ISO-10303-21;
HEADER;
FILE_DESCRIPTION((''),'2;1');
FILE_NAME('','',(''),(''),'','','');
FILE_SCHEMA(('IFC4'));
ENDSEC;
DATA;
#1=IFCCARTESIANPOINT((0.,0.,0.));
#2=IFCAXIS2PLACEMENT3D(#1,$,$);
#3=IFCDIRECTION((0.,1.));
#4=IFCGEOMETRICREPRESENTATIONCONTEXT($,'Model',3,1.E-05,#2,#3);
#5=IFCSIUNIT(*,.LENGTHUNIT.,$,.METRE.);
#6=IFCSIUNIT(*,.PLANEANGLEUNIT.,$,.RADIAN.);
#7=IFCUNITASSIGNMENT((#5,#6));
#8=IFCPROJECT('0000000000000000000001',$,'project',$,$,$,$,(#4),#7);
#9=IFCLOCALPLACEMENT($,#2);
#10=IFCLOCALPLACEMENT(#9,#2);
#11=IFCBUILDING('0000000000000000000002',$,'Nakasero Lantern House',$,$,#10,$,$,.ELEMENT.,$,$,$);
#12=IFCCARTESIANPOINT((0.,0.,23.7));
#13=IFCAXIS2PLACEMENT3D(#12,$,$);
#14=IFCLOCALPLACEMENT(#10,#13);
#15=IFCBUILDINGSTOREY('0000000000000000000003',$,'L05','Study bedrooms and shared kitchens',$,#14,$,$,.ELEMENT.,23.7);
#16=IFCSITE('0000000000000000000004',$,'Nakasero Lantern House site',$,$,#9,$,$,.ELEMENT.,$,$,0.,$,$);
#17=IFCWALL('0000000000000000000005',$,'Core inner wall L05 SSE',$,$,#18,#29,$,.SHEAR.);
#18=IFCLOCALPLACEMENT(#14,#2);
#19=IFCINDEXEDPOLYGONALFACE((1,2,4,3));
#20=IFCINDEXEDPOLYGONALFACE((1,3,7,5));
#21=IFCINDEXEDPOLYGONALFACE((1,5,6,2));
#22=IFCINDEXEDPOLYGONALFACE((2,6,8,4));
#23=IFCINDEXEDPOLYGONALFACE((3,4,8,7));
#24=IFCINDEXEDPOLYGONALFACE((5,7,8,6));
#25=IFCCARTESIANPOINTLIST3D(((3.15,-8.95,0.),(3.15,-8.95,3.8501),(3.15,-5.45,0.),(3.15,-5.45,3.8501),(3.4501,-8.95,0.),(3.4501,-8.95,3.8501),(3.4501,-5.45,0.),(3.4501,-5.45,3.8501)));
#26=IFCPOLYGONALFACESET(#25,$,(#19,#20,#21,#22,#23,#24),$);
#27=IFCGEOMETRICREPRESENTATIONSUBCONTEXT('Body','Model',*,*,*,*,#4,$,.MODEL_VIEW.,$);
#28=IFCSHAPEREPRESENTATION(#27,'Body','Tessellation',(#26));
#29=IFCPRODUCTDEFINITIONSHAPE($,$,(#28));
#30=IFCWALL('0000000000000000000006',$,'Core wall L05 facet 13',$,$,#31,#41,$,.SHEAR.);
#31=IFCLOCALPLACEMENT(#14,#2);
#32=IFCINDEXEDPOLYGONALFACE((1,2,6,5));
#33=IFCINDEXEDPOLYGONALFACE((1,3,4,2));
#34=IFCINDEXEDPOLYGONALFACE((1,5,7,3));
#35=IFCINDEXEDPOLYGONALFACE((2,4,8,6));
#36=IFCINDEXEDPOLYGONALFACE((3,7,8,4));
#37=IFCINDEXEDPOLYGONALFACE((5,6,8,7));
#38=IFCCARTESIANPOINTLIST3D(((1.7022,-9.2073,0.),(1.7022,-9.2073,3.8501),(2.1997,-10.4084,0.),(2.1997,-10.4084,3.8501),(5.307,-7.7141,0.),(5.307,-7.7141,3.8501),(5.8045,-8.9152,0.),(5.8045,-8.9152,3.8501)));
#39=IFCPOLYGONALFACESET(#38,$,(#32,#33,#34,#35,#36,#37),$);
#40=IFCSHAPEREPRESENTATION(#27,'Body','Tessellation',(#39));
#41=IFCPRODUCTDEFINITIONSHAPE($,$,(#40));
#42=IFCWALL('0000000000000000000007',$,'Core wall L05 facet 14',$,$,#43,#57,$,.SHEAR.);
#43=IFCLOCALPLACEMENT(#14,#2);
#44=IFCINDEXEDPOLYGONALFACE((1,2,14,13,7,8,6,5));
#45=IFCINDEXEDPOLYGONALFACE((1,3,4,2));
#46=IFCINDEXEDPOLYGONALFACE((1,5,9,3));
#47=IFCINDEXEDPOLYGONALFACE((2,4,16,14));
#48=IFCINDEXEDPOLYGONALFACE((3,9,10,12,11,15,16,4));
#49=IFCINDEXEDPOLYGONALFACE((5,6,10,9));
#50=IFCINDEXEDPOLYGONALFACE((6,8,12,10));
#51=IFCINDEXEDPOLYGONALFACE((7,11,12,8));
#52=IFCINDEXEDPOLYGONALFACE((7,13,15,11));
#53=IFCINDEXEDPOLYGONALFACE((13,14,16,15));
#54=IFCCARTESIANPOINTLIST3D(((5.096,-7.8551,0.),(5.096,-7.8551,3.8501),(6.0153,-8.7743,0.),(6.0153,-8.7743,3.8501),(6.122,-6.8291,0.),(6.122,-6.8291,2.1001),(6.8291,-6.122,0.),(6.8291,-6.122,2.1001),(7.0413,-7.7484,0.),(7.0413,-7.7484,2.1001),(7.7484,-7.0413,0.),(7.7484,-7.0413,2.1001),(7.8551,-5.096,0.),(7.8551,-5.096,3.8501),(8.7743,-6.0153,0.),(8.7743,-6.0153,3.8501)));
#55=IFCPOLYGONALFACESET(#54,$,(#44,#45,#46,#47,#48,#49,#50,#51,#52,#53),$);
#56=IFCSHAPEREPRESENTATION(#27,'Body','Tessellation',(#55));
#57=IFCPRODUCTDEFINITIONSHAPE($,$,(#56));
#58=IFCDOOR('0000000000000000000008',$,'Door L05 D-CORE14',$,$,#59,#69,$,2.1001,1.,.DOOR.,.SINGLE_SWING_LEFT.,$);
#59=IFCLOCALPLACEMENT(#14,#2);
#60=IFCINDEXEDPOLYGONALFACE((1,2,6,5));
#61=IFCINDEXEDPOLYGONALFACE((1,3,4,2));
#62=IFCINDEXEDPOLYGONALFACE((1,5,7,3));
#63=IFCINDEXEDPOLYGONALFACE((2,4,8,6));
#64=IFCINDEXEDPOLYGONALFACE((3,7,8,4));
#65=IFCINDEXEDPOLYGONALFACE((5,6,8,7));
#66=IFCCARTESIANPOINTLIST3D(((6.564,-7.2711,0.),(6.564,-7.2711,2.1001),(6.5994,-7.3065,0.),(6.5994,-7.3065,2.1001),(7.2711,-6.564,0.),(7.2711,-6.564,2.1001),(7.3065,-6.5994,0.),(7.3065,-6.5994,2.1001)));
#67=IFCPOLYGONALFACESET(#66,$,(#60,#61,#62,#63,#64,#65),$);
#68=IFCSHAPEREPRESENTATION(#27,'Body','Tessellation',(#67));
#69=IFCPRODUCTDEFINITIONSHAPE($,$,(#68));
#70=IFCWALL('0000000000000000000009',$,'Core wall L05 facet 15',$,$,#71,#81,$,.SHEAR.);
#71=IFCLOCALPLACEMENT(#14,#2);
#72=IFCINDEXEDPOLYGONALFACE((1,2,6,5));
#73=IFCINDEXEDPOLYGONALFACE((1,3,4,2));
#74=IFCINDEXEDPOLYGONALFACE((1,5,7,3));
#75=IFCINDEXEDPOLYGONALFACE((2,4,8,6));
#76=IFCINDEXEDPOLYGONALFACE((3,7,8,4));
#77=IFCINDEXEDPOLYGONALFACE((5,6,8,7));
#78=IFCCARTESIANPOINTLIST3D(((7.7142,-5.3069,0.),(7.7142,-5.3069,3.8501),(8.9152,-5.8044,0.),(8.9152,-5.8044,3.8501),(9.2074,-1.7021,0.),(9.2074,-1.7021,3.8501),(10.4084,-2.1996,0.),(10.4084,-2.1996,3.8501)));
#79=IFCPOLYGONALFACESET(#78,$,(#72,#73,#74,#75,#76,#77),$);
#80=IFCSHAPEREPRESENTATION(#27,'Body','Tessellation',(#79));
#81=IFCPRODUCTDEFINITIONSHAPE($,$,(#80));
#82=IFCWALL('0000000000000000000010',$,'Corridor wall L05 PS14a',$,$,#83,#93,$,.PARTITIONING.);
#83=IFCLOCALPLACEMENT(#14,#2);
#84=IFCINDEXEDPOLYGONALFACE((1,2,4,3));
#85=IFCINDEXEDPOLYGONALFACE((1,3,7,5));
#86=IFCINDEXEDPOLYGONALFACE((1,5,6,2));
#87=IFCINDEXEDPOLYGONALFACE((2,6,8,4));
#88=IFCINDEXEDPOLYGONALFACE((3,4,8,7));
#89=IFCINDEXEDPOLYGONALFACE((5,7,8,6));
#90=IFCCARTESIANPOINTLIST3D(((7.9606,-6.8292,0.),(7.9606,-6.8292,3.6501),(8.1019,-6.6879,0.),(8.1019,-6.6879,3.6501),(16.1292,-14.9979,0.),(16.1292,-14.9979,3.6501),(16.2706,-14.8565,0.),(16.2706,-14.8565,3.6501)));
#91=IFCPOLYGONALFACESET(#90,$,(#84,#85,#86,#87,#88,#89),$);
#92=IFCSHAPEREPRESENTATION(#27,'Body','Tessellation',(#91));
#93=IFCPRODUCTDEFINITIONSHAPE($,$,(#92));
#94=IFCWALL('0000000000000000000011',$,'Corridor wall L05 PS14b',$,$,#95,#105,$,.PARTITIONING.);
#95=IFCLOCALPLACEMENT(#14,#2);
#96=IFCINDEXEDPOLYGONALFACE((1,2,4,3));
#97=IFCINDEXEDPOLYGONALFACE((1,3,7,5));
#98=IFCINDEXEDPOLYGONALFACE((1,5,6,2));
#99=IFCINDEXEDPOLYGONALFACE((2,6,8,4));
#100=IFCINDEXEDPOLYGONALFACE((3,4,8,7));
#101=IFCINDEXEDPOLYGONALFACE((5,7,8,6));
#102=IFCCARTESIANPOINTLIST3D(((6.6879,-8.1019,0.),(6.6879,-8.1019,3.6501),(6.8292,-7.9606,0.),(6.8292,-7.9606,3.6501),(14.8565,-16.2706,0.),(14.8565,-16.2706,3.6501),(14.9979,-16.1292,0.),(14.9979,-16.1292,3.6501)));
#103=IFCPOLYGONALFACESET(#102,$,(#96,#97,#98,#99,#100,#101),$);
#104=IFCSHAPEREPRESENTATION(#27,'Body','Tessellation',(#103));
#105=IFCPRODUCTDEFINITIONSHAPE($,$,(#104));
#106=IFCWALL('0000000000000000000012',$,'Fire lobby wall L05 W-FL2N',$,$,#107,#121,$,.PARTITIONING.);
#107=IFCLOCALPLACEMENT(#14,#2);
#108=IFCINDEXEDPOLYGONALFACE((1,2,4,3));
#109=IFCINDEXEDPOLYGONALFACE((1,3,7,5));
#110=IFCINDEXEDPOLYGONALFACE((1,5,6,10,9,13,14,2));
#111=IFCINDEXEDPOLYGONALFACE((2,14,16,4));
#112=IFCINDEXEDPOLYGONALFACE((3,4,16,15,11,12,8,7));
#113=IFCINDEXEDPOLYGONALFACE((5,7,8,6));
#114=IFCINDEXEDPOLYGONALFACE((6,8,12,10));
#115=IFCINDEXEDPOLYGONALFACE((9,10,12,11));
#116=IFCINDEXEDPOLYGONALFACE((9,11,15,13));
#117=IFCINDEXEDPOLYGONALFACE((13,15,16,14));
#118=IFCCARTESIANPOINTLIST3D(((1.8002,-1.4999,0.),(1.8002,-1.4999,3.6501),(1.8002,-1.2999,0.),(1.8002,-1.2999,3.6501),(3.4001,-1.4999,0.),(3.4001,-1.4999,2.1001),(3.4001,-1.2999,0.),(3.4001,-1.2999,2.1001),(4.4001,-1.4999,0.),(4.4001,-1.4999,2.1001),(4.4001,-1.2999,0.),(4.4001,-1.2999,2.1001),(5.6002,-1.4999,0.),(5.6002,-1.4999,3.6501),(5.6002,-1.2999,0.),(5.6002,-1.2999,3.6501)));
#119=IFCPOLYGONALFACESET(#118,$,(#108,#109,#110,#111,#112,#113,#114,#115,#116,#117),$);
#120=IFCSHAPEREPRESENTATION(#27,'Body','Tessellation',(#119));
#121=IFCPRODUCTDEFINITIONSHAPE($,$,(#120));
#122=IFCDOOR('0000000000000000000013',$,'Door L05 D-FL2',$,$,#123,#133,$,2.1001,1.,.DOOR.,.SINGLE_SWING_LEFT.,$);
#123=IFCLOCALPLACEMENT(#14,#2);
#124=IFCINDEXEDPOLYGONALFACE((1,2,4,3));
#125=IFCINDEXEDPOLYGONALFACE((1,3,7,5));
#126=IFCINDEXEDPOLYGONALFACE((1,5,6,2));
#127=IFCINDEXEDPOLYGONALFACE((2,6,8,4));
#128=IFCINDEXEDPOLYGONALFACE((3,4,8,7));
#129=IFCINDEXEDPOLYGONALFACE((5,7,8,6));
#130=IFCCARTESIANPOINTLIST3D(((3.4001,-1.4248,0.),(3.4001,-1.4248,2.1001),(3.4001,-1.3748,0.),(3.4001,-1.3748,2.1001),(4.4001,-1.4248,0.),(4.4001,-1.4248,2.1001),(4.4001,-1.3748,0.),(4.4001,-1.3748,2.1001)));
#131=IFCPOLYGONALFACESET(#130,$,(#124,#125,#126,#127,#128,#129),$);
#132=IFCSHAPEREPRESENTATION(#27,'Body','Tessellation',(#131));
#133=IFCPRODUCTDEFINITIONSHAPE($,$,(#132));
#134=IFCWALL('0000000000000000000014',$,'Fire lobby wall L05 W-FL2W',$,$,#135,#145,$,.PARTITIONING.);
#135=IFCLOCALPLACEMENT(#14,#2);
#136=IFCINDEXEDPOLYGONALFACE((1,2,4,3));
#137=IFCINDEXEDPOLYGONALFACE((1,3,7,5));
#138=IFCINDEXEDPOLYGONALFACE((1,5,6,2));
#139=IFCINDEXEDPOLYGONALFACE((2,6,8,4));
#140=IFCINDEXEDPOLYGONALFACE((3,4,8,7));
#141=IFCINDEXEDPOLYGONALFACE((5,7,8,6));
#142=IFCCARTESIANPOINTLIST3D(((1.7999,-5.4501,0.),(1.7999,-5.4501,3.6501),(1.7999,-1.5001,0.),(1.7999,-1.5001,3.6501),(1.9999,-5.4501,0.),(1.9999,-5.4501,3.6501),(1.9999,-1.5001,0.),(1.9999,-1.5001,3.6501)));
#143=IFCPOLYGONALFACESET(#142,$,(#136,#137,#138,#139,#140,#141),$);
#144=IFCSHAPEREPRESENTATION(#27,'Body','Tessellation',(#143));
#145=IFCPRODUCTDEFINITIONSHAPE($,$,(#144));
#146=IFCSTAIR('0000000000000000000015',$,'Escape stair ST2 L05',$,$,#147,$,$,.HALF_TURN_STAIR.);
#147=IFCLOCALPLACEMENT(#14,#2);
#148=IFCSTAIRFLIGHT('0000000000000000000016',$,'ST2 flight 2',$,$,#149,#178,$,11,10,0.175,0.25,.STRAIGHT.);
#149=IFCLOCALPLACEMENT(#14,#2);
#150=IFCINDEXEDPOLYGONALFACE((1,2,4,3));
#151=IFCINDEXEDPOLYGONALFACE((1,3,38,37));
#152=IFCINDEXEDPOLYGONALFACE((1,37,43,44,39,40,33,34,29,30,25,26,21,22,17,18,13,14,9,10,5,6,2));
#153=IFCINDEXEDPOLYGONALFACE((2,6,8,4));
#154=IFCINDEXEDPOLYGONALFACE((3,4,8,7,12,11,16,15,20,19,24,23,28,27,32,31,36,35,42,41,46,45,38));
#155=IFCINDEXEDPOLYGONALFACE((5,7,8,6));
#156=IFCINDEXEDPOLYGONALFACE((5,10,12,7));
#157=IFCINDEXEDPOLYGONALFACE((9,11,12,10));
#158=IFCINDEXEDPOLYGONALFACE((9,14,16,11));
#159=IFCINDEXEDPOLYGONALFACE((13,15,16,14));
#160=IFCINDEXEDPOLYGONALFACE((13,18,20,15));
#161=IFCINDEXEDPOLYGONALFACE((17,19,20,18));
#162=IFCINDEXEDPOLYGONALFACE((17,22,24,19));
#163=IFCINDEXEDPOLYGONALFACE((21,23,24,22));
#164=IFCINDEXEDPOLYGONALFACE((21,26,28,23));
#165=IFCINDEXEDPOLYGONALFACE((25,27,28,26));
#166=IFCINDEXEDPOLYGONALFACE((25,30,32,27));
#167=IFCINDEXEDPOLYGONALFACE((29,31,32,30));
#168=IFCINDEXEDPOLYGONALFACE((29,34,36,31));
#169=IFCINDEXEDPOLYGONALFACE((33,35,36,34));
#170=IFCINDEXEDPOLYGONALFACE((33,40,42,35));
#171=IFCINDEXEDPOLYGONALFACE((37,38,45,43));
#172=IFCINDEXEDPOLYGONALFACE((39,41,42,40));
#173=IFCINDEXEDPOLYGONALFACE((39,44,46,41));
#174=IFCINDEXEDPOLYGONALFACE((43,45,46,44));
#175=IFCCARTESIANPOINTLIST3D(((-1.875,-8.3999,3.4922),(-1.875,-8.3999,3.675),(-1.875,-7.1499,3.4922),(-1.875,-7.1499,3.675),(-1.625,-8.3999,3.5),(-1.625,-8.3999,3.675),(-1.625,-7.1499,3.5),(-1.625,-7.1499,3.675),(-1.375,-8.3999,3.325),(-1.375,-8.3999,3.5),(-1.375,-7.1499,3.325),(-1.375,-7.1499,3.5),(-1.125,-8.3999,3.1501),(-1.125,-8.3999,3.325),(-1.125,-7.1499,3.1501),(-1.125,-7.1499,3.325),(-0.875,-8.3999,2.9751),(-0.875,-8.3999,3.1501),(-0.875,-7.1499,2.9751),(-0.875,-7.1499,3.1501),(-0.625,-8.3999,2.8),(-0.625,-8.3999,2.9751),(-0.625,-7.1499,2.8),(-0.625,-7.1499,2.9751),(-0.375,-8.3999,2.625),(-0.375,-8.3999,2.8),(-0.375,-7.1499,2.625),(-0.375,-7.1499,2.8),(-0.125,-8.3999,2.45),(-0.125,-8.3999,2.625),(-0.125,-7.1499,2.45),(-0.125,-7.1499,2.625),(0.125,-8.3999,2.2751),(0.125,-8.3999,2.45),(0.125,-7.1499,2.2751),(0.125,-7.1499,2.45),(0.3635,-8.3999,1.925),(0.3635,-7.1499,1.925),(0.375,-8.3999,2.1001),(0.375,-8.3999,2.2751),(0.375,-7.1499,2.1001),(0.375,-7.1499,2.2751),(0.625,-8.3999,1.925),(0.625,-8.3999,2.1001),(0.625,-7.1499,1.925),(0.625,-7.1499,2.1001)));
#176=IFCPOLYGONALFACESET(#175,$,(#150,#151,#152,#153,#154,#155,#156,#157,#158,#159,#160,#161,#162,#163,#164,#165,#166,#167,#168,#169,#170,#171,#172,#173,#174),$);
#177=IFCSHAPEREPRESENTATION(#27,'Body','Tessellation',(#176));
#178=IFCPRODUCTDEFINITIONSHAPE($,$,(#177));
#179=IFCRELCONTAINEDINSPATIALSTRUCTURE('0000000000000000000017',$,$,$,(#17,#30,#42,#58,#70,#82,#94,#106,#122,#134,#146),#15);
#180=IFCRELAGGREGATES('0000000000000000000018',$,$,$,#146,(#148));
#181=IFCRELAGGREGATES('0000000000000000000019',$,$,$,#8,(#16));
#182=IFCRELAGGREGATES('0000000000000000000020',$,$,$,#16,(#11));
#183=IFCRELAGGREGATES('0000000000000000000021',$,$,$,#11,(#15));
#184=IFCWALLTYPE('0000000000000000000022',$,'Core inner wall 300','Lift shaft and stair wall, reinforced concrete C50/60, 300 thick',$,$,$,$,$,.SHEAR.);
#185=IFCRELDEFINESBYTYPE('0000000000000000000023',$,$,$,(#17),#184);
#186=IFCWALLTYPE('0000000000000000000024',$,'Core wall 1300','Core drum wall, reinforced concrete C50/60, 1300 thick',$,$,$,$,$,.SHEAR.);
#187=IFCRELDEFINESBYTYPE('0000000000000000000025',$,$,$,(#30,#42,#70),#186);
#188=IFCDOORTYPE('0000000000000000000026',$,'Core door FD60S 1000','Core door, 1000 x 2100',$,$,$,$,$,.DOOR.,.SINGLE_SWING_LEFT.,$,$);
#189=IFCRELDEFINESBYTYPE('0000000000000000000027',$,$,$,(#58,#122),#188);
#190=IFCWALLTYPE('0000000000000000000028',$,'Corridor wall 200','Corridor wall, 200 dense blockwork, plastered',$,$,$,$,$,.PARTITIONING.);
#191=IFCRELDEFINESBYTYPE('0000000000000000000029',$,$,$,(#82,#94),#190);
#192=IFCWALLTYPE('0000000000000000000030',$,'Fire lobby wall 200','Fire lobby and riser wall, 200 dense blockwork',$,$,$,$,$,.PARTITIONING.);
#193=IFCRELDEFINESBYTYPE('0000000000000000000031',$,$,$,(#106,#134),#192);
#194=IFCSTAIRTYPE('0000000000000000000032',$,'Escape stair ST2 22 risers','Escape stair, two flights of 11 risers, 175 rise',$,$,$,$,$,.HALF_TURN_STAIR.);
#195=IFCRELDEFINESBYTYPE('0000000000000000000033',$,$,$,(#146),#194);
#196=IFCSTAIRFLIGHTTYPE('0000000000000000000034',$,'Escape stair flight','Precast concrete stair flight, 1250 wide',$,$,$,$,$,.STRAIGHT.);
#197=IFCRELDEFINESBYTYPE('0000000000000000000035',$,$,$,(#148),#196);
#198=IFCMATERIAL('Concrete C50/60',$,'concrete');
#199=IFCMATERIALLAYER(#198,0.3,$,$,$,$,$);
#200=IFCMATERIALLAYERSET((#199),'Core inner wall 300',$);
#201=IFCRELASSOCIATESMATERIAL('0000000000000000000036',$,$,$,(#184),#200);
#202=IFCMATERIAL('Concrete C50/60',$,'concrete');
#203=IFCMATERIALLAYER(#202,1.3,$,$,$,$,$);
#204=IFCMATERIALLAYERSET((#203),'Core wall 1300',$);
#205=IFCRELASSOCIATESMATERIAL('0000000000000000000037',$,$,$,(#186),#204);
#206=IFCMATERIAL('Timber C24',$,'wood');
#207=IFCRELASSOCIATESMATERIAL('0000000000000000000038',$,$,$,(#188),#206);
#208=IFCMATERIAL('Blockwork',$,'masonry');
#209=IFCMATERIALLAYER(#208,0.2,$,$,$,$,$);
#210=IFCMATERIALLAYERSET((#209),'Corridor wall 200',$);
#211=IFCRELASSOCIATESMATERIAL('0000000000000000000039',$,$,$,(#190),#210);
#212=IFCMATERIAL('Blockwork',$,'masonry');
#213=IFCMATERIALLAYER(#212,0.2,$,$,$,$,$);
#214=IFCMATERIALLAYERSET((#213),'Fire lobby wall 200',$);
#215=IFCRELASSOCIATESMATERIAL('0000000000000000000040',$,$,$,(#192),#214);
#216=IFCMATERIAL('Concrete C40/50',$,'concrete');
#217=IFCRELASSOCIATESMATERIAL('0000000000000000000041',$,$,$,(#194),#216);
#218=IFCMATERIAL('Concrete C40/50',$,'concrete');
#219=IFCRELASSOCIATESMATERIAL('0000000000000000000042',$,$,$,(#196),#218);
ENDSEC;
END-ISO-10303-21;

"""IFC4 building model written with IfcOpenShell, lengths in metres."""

from ifc_helpers import new_model, si_unit, direction, frame, frame_2d, origin, place, context, subcontext, project, spatial, polyline, rectangle, outline, extrude, material, layer, layer_set, type_object, element, fill, aggregate, save


model = new_model("IFC4")

# Units and contexts
model_context = context("Model", 3, precision=1e-05, world=origin(), true_north=direction((0.0, 1.0)))
body_context = subcontext(model_context, "Body", "Model", "MODEL_VIEW")
ifc_project = project(units=[si_unit("LENGTHUNIT", "METRE"), si_unit("PLANEANGLEUNIT", "RADIAN")], contexts=[model_context])

# Site, building, storey
site_placement = place(None, origin())
site = spatial("IfcSite", under=ifc_project, at=site_placement, Name="Nakasero Lantern House site", CompositionType="ELEMENT", RefElevation=0.0)
building_placement = place(site_placement, origin())
building = spatial("IfcBuilding", under=site, at=building_placement, Name="Nakasero Lantern House", CompositionType="ELEMENT")
storey_placement = place(building_placement, frame((0.0, 0.0, 23.7)))
storey = spatial("IfcBuildingStorey", under=building, at=storey_placement, Name="L05", Description="Study bedrooms and shared kitchens", CompositionType="ELEMENT", Elevation=23.7)

# Shared definitions
ifc_material_1 = material(Name="Concrete C50/60", Category="concrete")
ifc_layer_1 = layer(ifc_material_1, 0.3)
ifc_layer_set_1 = layer_set([ifc_layer_1], Name="Core inner wall 300")
wall_type_1 = type_object("IfcWallType", Name="Core inner wall 300", Description="Lift shaft and stair wall, reinforced concrete C50/60, 300 thick", PredefinedType="SHEAR", material=ifc_layer_set_1)

# Walls
wall_1_placement = place(storey_placement, frame((3.3, -5.45, 0.0), z_axis=(0.0, 0.0, 1.0), x_axis=(0.0, -1.0, 0.0)))
element("IfcWall", 1, at=wall_1_placement, inside=storey, type_object=wall_type_1, Name="Core inner wall L05 SSE", PredefinedType="SHEAR", context=body_context, shape_type="SweptSolid", body=[
    extrude(rectangle(XDim=3.5, YDim=0.3, at=frame_2d((1.75, 0.0))), origin(), (0.0, 0.0, 1.0), 3.8501),
])
ifc_material_2 = material(Name="Concrete C50/60", Category="concrete")
ifc_layer_2 = layer(ifc_material_2, 1.3)
ifc_layer_set_2 = layer_set([ifc_layer_2], Name="Core wall 1300")
wall_type_2 = type_object("IfcWallType", Name="Core wall 1300", Description="Core drum wall, reinforced concrete C50/60, 1300 thick", PredefinedType="SHEAR", material=ifc_layer_set_2)
wall_2_placement = place(storey_placement, frame((1.9509, -9.8079, 0.0), z_axis=(0.0, 0.0, 1.0), x_axis=(0.923877, 0.382691, 0.0)))
element("IfcWall", 2, at=wall_2_placement, inside=storey, type_object=wall_type_2, Name="Core wall L05 facet 13", PredefinedType="SHEAR", context=body_context, shape_type="SweptSolid", body=[
    extrude(rectangle(XDim=3.9019, YDim=1.3, at=frame_2d((1.9509, 0.0))), origin(), (0.0, 0.0, 1.0), 3.8501),
])

# Wall, opening, door
wall_3_placement = place(storey_placement, frame((5.5557, -8.3147, 0.0), z_axis=(0.0, 0.0, 1.0), x_axis=(0.707107, 0.707107, 0.0)))
wall_3 = element("IfcWall", 3, at=wall_3_placement, inside=storey, type_object=wall_type_2, Name="Core wall L05 facet 14", PredefinedType="SHEAR", context=body_context, shape_type="SweptSolid", body=[
    extrude(rectangle(XDim=3.9019, YDim=1.3, at=frame_2d((1.9509, 0.0))), origin(), (0.0, 0.0, 1.0), 3.8501),
])
opening_1_placement = place(wall_3_placement, frame((1.4509, 0.0, 0.0)))
opening_1 = element("IfcOpeningElement", 4, at=opening_1_placement, cuts=wall_3, PredefinedType="OPENING", context=body_context, shape_type="SweptSolid", body=[
    extrude(rectangle(XDim=1.0, YDim=2.1001, at=frame_2d((0.5, 1.05))), frame((0.0, 0.6699, 0.0), z_axis=(0.0, -1.0, 0.0), x_axis=(1.0, 0.0, 0.0)), (0.0, 0.0, 1.0), 1.3401),
])
ifc_material_3 = material(Name="Timber C24", Category="wood")
door_type_1 = type_object("IfcDoorType", Name="Core door FD60S 1000", Description="Core door, 1000 x 2100", OperationType="SINGLE_SWING_LEFT", PredefinedType="DOOR", material=ifc_material_3)
door_1_placement = place(opening_1_placement, origin())
door_1 = element("IfcDoor", 5, at=door_1_placement, inside=storey, type_object=door_type_1, Name="Door L05 D-CORE14", OperationType="SINGLE_SWING_LEFT", OverallHeight=2.1001, OverallWidth=1.0, PredefinedType="DOOR", context=body_context, shape_type="SweptSolid", body=[
    extrude(rectangle(XDim=1.0, YDim=2.1001, at=frame_2d((0.5, 1.05))), frame((0.0, 0.0249, 0.0), z_axis=(0.0, -1.0, 0.0), x_axis=(1.0, 0.0, 0.0)), (0.0, 0.0, 1.0), 0.05),
])
fill(opening_1, door_1)

# Walls
wall_4_placement = place(storey_placement, frame((8.3147, -5.5557, 0.0), z_axis=(0.0, 0.0, 1.0), x_axis=(0.382691, 0.923877, 0.0)))
element("IfcWall", 6, at=wall_4_placement, inside=storey, type_object=wall_type_2, Name="Core wall L05 facet 15", PredefinedType="SHEAR", context=body_context, shape_type="SweptSolid", body=[
    extrude(rectangle(XDim=3.9019, YDim=1.3, at=frame_2d((1.9509, 0.0))), origin(), (0.0, 0.0, 1.0), 3.8501),
])
ifc_material_4 = material(Name="Blockwork", Category="masonry")
ifc_layer_3 = layer(ifc_material_4, 0.2)
ifc_layer_set_3 = layer_set([ifc_layer_3], Name="Corridor wall 200")
wall_type_3 = type_object("IfcWallType", Name="Corridor wall 200", Description="Corridor wall, 200 dense blockwork, plastered", PredefinedType="PARTITIONING", material=ifc_layer_set_3)
for number, where, z_axis, x_axis, name in (
    (7, (8.0312, -6.7585, 0.0), (0.0, 0.0, 1.0), (0.707107, -0.707107, 0.0), "Corridor wall L05 PS14a"),
    (8, (6.7585, -8.0312, 0.0), (0.0, 0.0, 1.0), (0.707107, -0.707107, 0.0), "Corridor wall L05 PS14b"),
):
    element("IfcWall", number, at=place(storey_placement, frame(where, z_axis=z_axis, x_axis=x_axis)), inside=storey, type_object=wall_type_3, Name=name, PredefinedType="PARTITIONING", context=body_context, shape_type="SweptSolid", body=[
        extrude(rectangle(XDim=11.5522, YDim=0.2, at=frame_2d((5.7761, 0.0))), origin(), (0.0, 0.0, 1.0), 3.6501),
    ])

# Wall, opening, door
ifc_material_5 = material(Name="Blockwork", Category="masonry")
ifc_layer_4 = layer(ifc_material_5, 0.2)
ifc_layer_set_4 = layer_set([ifc_layer_4], Name="Fire lobby wall 200")
wall_type_4 = type_object("IfcWallType", Name="Fire lobby wall 200", Description="Fire lobby and riser wall, 200 dense blockwork", PredefinedType="PARTITIONING", material=ifc_layer_set_4)
wall_5_placement = place(storey_placement, frame((5.6001, -1.3999, 0.0), z_axis=(0.0, 0.0, 1.0), x_axis=(-1.0, 0.0, 0.0)))
wall_5 = element("IfcWall", 9, at=wall_5_placement, inside=storey, type_object=wall_type_4, Name="Fire lobby wall L05 W-FL2N", PredefinedType="PARTITIONING", context=body_context, shape_type="SweptSolid", body=[
    extrude(rectangle(XDim=3.8, YDim=0.2, at=frame_2d((1.8999, 0.0))), origin(), (0.0, 0.0, 1.0), 3.6501),
])
opening_2_placement = place(wall_5_placement, frame((1.2, 0.0, 0.0)))
opening_2 = element("IfcOpeningElement", 10, at=opening_2_placement, cuts=wall_5, PredefinedType="OPENING", context=body_context, shape_type="SweptSolid", body=[
    extrude(rectangle(XDim=1.0, YDim=2.1001, at=frame_2d((0.5, 1.05))), frame((0.0, 0.1199, 0.0), z_axis=(0.0, -1.0, 0.0), x_axis=(1.0, 0.0, 0.0)), (0.0, 0.0, 1.0), 0.24),
])
door_2_placement = place(opening_2_placement, origin())
door_2 = element("IfcDoor", 11, at=door_2_placement, inside=storey, type_object=door_type_1, Name="Door L05 D-FL2", OperationType="SINGLE_SWING_LEFT", OverallHeight=2.1001, OverallWidth=1.0, PredefinedType="DOOR", context=body_context, shape_type="SweptSolid", body=[
    extrude(rectangle(XDim=1.0, YDim=2.1001, at=frame_2d((0.5, 1.05))), frame((0.0, 0.0249, 0.0), z_axis=(0.0, -1.0, 0.0), x_axis=(1.0, 0.0, 0.0)), (0.0, 0.0, 1.0), 0.05),
])
fill(opening_2, door_2)

# Wall
wall_6_placement = place(storey_placement, frame((1.8999, -1.5, 0.0), z_axis=(0.0, 0.0, 1.0), x_axis=(0.0, -1.0, 0.0)))
element("IfcWall", 12, at=wall_6_placement, inside=storey, type_object=wall_type_4, Name="Fire lobby wall L05 W-FL2W", PredefinedType="PARTITIONING", context=body_context, shape_type="SweptSolid", body=[
    extrude(rectangle(XDim=3.95, YDim=0.2, at=frame_2d((1.9751, 0.0))), origin(), (0.0, 0.0, 1.0), 3.6501),
])

# Stair, stair flight
ifc_material_6 = material(Name="Concrete C40/50", Category="concrete")
stair_type = type_object("IfcStairType", Name="Escape stair ST2 22 risers", Description="Escape stair, two flights of 11 risers, 175 rise", PredefinedType="HALF_TURN_STAIR", material=ifc_material_6)
stair_placement = place(storey_placement, origin())
stair = element("IfcStair", 13, at=stair_placement, inside=storey, type_object=stair_type, Name="Escape stair ST2 L05", PredefinedType="HALF_TURN_STAIR")
ifc_material_7 = material(Name="Concrete C40/50", Category="concrete")
stair_flight_type = type_object("IfcStairFlightType", Name="Escape stair flight", Description="Precast concrete stair flight, 1250 wide", PredefinedType="STRAIGHT", material=ifc_material_7)
stair_flight_placement = place(storey_placement, frame((0.625, -7.7749, 1.925), z_axis=(0.0, 0.0, 1.0), x_axis=(-1.0, 0.0, 0.0)))
stair_flight = element("IfcStairFlight", 14, at=stair_flight_placement, type_object=stair_flight_type, Name="ST2 flight 2", NumberOfRisers=11, NumberOfTreads=10, PredefinedType="STRAIGHT", RiserHeight=0.175, TreadLength=0.25, context=body_context, shape_type="SweptSolid", body=[
    extrude(outline(polyline([(0.0, 0.0), (0.0, 0.175), (0.25, 0.175), (0.25, 0.3501), (0.5, 0.3501), (0.5, 0.5249), (0.75, 0.5249), (0.75, 0.7), (1.0, 0.7), (1.0, 0.875), (1.25, 0.875), (1.25, 1.05), (1.5, 1.05), (1.5, 1.2251), (1.75, 1.2251), (1.75, 1.3999), (2.0, 1.3999), (2.0, 1.575), (2.25, 1.575), (2.25, 1.75), (2.5, 1.75), (2.5, 1.925), (2.5, 1.5671), (0.2615, 0.0), (0.0, 0.0)])), frame((0.0, 0.625, 0.0), z_axis=(0.0, -1.0, 0.0), x_axis=(1.0, 0.0, 0.0)), (0.0, 0.0, 1.0), 1.25),
])
aggregate(stair, [stair_flight])

save(model, "model.ifc")
